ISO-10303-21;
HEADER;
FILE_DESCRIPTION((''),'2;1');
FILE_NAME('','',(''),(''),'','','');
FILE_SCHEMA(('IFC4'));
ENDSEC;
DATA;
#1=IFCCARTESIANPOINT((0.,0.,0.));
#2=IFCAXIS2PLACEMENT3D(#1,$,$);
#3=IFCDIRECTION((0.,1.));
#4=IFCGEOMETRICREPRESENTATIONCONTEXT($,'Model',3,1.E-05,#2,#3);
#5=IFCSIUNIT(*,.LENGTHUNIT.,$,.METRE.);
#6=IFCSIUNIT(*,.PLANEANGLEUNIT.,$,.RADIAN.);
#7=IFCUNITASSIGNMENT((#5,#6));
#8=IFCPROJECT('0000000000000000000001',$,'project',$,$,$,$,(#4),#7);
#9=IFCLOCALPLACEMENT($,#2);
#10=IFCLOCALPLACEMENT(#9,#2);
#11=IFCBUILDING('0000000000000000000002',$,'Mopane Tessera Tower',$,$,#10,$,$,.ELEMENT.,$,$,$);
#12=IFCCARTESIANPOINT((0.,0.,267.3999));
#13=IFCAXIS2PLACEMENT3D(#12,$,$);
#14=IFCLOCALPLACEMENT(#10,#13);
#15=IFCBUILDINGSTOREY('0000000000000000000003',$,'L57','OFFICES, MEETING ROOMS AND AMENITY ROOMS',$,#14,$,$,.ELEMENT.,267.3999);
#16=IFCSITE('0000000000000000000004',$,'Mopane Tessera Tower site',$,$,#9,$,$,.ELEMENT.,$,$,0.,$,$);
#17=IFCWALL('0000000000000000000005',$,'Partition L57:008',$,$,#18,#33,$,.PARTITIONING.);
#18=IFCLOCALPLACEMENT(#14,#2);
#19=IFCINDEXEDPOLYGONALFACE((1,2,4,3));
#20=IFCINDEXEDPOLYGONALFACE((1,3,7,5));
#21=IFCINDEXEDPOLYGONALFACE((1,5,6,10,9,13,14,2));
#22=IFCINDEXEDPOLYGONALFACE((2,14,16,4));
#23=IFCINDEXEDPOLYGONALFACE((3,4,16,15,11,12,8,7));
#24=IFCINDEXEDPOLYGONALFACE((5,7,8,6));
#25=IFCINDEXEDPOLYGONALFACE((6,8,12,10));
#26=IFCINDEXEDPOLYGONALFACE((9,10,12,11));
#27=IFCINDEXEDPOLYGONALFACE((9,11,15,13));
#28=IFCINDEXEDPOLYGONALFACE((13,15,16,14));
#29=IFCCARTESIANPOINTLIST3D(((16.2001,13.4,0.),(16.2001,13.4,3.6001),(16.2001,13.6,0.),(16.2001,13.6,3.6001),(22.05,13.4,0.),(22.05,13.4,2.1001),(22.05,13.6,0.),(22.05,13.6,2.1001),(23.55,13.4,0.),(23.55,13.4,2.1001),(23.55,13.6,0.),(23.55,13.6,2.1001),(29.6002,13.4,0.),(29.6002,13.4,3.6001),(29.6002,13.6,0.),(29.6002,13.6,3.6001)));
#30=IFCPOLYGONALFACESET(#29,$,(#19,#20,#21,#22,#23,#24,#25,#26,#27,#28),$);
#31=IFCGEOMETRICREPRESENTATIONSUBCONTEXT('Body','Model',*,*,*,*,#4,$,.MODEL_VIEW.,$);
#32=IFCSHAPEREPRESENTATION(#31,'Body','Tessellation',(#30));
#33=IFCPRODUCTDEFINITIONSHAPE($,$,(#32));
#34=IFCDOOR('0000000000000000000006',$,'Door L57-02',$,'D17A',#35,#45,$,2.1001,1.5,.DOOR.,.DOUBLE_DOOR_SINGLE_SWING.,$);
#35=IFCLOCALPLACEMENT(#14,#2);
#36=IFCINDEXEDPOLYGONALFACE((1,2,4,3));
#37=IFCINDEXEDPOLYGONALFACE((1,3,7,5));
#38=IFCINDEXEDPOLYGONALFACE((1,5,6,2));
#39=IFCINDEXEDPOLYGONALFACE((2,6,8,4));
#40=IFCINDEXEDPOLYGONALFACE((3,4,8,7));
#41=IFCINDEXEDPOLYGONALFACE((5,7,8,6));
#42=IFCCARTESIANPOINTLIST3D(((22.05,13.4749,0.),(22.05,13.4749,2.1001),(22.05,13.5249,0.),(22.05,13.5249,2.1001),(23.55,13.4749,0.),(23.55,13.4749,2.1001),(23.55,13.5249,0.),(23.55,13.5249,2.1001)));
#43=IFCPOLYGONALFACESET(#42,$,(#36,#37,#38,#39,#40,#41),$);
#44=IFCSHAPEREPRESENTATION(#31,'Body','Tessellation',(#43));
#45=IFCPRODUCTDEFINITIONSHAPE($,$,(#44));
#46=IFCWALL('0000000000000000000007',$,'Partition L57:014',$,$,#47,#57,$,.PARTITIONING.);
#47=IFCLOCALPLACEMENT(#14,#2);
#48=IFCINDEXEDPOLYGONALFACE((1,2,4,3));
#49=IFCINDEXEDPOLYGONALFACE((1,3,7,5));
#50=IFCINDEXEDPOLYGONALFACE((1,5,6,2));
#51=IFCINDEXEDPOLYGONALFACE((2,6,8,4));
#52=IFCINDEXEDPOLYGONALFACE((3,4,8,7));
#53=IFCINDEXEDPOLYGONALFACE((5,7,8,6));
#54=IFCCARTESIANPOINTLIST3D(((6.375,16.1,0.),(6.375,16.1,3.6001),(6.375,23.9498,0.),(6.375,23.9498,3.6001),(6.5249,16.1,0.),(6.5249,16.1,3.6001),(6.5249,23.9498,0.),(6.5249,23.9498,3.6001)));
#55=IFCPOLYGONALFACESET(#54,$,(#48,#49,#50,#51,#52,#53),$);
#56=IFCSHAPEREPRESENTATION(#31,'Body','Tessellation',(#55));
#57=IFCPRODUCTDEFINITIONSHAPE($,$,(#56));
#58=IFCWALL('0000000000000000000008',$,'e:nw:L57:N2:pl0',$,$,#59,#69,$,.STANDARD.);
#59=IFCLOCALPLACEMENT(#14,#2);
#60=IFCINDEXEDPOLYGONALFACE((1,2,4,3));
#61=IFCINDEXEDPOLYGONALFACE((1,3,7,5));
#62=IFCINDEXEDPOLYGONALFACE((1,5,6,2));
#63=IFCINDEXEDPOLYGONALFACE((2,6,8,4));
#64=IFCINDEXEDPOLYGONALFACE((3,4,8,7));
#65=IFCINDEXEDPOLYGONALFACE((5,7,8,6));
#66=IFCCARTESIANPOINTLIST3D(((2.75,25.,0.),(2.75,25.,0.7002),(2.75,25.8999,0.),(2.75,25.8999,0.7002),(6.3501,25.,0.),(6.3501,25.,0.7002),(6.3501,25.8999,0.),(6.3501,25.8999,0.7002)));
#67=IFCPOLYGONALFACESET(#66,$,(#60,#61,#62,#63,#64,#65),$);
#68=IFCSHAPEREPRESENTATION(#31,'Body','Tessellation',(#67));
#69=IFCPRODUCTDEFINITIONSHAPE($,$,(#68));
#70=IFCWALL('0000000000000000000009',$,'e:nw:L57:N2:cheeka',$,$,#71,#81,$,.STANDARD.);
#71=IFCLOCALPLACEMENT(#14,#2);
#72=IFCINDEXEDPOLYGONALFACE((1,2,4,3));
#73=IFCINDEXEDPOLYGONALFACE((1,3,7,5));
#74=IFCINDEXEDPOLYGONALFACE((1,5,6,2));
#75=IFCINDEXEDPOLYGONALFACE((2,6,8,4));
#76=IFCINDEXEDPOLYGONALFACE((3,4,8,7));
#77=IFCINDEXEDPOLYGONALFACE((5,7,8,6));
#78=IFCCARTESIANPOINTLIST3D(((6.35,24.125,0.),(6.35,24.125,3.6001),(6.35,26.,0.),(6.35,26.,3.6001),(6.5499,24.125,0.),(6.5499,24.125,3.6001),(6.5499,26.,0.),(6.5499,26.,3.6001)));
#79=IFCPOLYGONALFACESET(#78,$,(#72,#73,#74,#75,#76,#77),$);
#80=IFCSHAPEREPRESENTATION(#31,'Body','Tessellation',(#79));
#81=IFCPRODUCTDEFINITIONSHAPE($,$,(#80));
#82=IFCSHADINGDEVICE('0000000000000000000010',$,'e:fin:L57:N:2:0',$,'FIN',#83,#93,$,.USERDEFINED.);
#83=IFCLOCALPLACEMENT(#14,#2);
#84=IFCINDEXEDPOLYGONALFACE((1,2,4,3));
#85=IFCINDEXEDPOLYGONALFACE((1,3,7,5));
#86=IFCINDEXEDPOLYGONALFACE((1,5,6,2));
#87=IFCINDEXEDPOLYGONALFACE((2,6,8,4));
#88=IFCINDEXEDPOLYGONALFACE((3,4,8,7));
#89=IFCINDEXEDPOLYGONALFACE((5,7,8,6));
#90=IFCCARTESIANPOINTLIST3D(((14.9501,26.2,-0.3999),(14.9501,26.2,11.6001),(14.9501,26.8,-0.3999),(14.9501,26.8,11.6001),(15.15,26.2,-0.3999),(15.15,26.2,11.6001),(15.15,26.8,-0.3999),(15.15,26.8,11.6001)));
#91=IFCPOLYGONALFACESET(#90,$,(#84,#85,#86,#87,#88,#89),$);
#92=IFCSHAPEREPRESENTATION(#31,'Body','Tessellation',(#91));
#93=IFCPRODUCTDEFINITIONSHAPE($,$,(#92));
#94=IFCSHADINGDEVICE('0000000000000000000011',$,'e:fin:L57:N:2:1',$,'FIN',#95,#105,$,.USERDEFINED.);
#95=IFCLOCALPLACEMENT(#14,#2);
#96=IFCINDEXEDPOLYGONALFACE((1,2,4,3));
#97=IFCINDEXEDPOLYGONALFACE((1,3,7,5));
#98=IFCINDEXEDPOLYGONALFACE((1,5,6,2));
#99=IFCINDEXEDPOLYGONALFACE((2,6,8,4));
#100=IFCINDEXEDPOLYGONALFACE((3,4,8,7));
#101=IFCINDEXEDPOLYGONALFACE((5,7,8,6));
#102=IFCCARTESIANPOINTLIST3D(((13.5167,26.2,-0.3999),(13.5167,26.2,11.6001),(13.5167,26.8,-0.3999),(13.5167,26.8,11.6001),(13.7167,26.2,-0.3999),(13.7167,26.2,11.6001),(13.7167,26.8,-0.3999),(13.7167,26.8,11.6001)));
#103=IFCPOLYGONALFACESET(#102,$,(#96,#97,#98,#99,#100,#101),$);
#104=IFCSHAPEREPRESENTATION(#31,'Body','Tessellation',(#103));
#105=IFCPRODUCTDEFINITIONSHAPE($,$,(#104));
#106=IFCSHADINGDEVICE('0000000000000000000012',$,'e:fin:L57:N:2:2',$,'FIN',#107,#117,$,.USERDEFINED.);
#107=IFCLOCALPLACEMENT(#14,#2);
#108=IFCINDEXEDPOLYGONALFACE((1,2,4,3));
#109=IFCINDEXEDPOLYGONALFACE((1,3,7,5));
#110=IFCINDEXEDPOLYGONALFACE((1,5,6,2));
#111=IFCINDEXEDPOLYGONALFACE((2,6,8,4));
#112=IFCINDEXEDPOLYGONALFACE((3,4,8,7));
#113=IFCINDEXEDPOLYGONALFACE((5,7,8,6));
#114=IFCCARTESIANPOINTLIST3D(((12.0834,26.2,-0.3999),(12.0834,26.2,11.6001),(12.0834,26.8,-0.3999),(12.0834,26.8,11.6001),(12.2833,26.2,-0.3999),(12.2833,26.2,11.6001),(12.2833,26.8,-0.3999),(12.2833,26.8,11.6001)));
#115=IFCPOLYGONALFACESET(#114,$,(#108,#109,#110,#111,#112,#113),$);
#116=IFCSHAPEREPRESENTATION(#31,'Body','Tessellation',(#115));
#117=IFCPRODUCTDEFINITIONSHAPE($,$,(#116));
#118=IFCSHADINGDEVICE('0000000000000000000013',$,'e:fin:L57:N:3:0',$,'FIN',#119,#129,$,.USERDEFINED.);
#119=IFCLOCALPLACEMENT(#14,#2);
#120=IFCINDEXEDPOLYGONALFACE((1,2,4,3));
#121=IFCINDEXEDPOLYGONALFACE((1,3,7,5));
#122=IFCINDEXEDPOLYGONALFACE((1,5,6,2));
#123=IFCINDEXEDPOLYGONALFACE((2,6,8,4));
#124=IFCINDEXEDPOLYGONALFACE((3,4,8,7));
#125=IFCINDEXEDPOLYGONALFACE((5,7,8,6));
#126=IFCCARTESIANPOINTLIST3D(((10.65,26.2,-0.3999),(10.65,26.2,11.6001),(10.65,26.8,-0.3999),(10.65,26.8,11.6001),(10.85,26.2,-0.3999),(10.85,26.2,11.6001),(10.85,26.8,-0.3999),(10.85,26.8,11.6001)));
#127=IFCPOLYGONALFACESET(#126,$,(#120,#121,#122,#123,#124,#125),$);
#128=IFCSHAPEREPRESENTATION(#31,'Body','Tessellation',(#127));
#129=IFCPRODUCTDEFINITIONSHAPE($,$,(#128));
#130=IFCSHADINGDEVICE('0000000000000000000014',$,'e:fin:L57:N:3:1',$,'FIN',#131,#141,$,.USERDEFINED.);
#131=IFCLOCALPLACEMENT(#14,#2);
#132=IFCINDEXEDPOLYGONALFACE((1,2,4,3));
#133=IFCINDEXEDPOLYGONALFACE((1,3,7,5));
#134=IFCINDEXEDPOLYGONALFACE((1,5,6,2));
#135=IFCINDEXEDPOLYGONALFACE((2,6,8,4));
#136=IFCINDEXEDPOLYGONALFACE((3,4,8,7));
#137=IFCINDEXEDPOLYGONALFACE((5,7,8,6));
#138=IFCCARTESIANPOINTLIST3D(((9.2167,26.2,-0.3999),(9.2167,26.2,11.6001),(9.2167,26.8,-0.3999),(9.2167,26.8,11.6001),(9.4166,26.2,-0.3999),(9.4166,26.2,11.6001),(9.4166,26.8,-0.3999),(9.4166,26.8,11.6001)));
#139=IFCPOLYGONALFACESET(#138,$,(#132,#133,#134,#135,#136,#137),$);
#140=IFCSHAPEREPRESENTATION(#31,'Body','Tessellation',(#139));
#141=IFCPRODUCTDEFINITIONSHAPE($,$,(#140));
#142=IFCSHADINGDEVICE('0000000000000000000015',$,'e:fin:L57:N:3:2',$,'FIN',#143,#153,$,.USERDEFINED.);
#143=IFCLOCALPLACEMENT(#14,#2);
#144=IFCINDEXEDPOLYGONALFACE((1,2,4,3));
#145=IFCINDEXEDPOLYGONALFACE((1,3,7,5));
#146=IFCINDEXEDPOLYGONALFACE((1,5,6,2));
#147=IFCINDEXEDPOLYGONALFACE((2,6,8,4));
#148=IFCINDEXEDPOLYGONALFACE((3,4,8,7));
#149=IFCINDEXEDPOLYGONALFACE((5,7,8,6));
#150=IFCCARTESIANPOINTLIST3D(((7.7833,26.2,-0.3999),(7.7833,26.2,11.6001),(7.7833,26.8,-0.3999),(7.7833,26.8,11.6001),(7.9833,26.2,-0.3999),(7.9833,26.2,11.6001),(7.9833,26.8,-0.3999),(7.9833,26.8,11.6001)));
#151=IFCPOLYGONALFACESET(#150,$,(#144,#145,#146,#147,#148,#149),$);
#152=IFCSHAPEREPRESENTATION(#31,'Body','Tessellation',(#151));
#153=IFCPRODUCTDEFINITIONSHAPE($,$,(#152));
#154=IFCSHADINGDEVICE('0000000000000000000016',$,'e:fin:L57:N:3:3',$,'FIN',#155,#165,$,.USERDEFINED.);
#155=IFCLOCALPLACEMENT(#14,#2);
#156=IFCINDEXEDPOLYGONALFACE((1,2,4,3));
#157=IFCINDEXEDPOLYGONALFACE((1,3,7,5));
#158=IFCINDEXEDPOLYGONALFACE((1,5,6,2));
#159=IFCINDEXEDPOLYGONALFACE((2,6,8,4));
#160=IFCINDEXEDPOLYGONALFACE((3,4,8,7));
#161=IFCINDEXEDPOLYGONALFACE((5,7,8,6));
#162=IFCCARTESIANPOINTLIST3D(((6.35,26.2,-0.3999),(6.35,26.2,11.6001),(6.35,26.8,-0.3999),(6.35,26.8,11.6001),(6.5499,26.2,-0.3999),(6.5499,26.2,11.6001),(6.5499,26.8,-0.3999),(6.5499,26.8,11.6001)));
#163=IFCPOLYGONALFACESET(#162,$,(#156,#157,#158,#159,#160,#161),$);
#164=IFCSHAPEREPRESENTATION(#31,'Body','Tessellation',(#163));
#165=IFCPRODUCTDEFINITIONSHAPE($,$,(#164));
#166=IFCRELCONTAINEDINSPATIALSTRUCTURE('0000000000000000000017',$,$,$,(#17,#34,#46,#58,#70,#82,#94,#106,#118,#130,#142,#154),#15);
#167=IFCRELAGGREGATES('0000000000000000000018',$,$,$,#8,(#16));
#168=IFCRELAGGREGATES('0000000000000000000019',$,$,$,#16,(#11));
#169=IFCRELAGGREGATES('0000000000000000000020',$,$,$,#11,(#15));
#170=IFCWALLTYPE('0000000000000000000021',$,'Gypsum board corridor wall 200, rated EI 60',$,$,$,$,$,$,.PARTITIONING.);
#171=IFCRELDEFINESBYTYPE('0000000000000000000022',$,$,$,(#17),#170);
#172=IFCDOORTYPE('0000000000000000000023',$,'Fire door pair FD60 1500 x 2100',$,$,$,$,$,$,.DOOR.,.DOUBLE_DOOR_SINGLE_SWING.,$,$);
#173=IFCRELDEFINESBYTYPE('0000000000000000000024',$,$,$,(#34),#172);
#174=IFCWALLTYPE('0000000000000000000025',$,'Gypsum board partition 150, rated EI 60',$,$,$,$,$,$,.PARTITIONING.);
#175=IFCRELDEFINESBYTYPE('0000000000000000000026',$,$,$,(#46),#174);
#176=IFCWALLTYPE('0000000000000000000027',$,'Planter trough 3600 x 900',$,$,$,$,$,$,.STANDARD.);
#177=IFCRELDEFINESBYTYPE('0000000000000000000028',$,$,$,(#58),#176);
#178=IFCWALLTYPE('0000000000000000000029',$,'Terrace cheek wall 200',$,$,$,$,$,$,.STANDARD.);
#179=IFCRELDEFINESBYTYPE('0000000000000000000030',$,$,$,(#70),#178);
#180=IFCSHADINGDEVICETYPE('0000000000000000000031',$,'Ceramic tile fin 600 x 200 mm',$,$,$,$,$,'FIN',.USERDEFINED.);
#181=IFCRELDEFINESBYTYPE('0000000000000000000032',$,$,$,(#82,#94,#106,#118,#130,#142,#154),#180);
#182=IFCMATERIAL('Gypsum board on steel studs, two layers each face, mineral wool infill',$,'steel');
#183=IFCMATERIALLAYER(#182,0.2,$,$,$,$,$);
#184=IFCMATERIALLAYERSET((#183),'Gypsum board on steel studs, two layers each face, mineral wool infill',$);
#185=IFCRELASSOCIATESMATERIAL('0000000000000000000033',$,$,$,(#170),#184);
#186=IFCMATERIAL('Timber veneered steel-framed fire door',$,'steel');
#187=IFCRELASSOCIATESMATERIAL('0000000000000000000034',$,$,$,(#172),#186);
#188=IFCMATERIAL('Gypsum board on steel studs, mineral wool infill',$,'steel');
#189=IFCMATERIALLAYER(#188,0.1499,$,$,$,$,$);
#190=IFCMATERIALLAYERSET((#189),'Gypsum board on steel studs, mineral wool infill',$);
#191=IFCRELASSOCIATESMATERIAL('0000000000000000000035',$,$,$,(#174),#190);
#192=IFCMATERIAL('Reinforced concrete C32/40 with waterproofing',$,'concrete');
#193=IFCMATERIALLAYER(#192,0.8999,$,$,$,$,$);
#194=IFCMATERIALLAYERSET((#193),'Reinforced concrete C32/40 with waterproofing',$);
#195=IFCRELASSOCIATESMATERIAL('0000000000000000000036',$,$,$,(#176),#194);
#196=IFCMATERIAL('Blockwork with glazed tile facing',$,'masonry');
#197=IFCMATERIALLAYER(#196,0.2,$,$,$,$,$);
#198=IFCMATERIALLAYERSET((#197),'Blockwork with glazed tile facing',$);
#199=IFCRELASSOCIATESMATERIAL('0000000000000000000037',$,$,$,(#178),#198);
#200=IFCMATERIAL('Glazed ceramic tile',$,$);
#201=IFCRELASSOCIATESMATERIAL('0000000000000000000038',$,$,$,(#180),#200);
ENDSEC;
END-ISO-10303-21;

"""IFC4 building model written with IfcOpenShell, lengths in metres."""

from ifc_helpers import new_model, si_unit, direction, frame, frame_2d, origin, origin_2d, place, context, subcontext, project, spatial, rectangle, extrude, material, layer, layer_set, type_object, element, fill, save


model = new_model("IFC4")

# Units and contexts
model_context = context("Model", 3, precision=1e-05, world=origin(), true_north=direction((0.0, 1.0)))
body_context = subcontext(model_context, "Body", "Model", "MODEL_VIEW")
ifc_project = project(units=[si_unit("LENGTHUNIT", "METRE"), si_unit("PLANEANGLEUNIT", "RADIAN")], contexts=[model_context])

# Site, building, storey
site_placement = place(None, origin())
site = spatial("IfcSite", under=ifc_project, at=site_placement, Name="Mopane Tessera Tower site", CompositionType="ELEMENT", RefElevation=0.0)
building_placement = place(site_placement, origin())
building = spatial("IfcBuilding", under=site, at=building_placement, Name="Mopane Tessera Tower", CompositionType="ELEMENT")
storey_placement = place(building_placement, frame((0.0, 0.0, 267.3999)))
storey = spatial("IfcBuildingStorey", under=building, at=storey_placement, Name="L57", Description="OFFICES, MEETING ROOMS AND AMENITY ROOMS", CompositionType="ELEMENT", Elevation=267.3999)

# Wall, opening, door
ifc_material_1 = material(Name="Gypsum board on steel studs, two layers each face, mineral wool infill", Category="steel")
ifc_layer_1 = layer(ifc_material_1, 0.2)
ifc_layer_set_1 = layer_set([ifc_layer_1], Name="Gypsum board on steel studs, two layers each face, mineral wool infill")
wall_type_1 = type_object("IfcWallType", Name="Gypsum board corridor wall 200, rated EI 60", PredefinedType="PARTITIONING", material=ifc_layer_set_1)
wall_1_placement = place(storey_placement, frame((16.2, 13.5, 0.0), z_axis=(0.0, 0.0, 1.0), x_axis=(1.0, 0.0, 0.0)))
wall_1 = element("IfcWall", 1, at=wall_1_placement, inside=storey, type_object=wall_type_1, Name="Partition L57:008", PredefinedType="PARTITIONING", context=body_context, shape_type="SweptSolid", body=[
    extrude(rectangle(XDim=13.4001, YDim=0.2, at=frame_2d((6.7002, 0.0))), origin(), (0.0, 0.0, 1.0), 3.6001),
])
opening_1_placement = place(wall_1_placement, frame((5.8501, 0.0, 0.0)))
opening_1 = element("IfcOpeningElement", 2, at=opening_1_placement, cuts=wall_1, PredefinedType="OPENING", context=body_context, shape_type="SweptSolid", body=[
    extrude(rectangle(XDim=1.5, YDim=2.1001, at=frame_2d((0.75, 1.05))), frame((0.0, 0.1121, 0.0), z_axis=(0.0, -1.0, 0.0), x_axis=(1.0, 0.0, 0.0)), (0.0, 0.0, 1.0), 0.2239),
])
ifc_material_2 = material(Name="Timber veneered steel-framed fire door", Category="steel")
door_type_1 = type_object("IfcDoorType", Name="Fire door pair FD60 1500 x 2100", OperationType="DOUBLE_DOOR_SINGLE_SWING", PredefinedType="DOOR", material=ifc_material_2)
door_1_placement = place(opening_1_placement, origin())
door_1 = element("IfcDoor", 3, at=door_1_placement, inside=storey, type_object=door_type_1, Name="Door L57-02", ObjectType="D17A", OperationType="DOUBLE_DOOR_SINGLE_SWING", OverallHeight=2.1001, OverallWidth=1.5, PredefinedType="DOOR", context=body_context, shape_type="SweptSolid", body=[
    extrude(rectangle(XDim=1.5, YDim=2.1001, at=frame_2d((0.75, 1.05))), frame((0.0, 0.0249, 0.0), z_axis=(0.0, -1.0, 0.0), x_axis=(1.0, 0.0, 0.0)), (0.0, 0.0, 1.0), 0.05),
])
fill(opening_1, door_1)

# Walls
ifc_material_3 = material(Name="Gypsum board on steel studs, mineral wool infill", Category="steel")
ifc_layer_2 = layer(ifc_material_3, 0.1499)
ifc_layer_set_2 = layer_set([ifc_layer_2], Name="Gypsum board on steel studs, mineral wool infill")
wall_type_2 = type_object("IfcWallType", Name="Gypsum board partition 150, rated EI 60", PredefinedType="PARTITIONING", material=ifc_layer_set_2)
wall_2_placement = place(storey_placement, frame((6.45, 16.1001, 0.0), z_axis=(0.0, 0.0, 1.0), x_axis=(0.0, 1.0, 0.0)))
element("IfcWall", 4, at=wall_2_placement, inside=storey, type_object=wall_type_2, Name="Partition L57:014", PredefinedType="PARTITIONING", context=body_context, shape_type="SweptSolid", body=[
    extrude(rectangle(XDim=7.8499, YDim=0.1499, at=frame_2d((3.9248, 0.0))), origin(), (0.0, 0.0, 1.0), 3.6001),
])
ifc_material_4 = material(Name="Reinforced concrete C32/40 with waterproofing", Category="concrete")
ifc_layer_3 = layer(ifc_material_4, 0.8999)
ifc_layer_set_3 = layer_set([ifc_layer_3], Name="Reinforced concrete C32/40 with waterproofing")
wall_type_3 = type_object("IfcWallType", Name="Planter trough 3600 x 900", PredefinedType="STANDARD", material=ifc_layer_set_3)
wall_3_placement = place(storey_placement, frame((6.3501, 25.45, 0.0), z_axis=(0.0, 0.0, 1.0), x_axis=(-1.0, 0.0, 0.0)))
element("IfcWall", 5, at=wall_3_placement, inside=storey, type_object=wall_type_3, Name="e:nw:L57:N2:pl0", PredefinedType="STANDARD", context=body_context, shape_type="SweptSolid", body=[
    extrude(rectangle(XDim=3.6001, YDim=0.8999, at=frame_2d((1.8, 0.0))), origin(), (0.0, 0.0, 1.0), 0.7002),
])
ifc_material_5 = material(Name="Blockwork with glazed tile facing", Category="masonry")
ifc_layer_4 = layer(ifc_material_5, 0.2)
ifc_layer_set_4 = layer_set([ifc_layer_4], Name="Blockwork with glazed tile facing")
wall_type_4 = type_object("IfcWallType", Name="Terrace cheek wall 200", PredefinedType="STANDARD", material=ifc_layer_set_4)
wall_4_placement = place(storey_placement, frame((6.45, 26.0, 0.0), z_axis=(0.0, 0.0, 1.0), x_axis=(0.0, -1.0, 0.0)))
element("IfcWall", 6, at=wall_4_placement, inside=storey, type_object=wall_type_4, Name="e:nw:L57:N2:cheeka", PredefinedType="STANDARD", context=body_context, shape_type="SweptSolid", body=[
    extrude(rectangle(XDim=1.875, YDim=0.2, at=frame_2d((0.9375, 0.0))), origin(), (0.0, 0.0, 1.0), 3.6001),
])

# Shading devices
ifc_material_6 = material(Name="Glazed ceramic tile")
shading_device_type = type_object("IfcShadingDeviceType", Name="Ceramic tile fin 600 x 200 mm", ElementType="FIN", PredefinedType="USERDEFINED", material=ifc_material_6)
for number, where, z_axis, x_axis, name in (
    (7, (15.05, 26.5, -0.3999), (0.0, 0.0, 1.0), (-1.0, 0.0, 0.0), "e:fin:L57:N:2:0"),
    (8, (13.6167, 26.5, -0.3999), (0.0, 0.0, 1.0), (-1.0, 0.0, 0.0), "e:fin:L57:N:2:1"),
    (9, (12.1833, 26.5, -0.3999), (0.0, 0.0, 1.0), (-1.0, 0.0, 0.0), "e:fin:L57:N:2:2"),
    (10, (10.75, 26.5, -0.3999), (0.0, 0.0, 1.0), (-1.0, 0.0, 0.0), "e:fin:L57:N:3:0"),
    (11, (9.3167, 26.5, -0.3999), (0.0, 0.0, 1.0), (-1.0, 0.0, 0.0), "e:fin:L57:N:3:1"),
    (12, (7.8833, 26.5, -0.3999), (0.0, 0.0, 1.0), (-1.0, 0.0, 0.0), "e:fin:L57:N:3:2"),
    (13, (6.45, 26.5, -0.3999), (0.0, 0.0, 1.0), (-1.0, 0.0, 0.0), "e:fin:L57:N:3:3"),
):
    element("IfcShadingDevice", number, at=place(storey_placement, frame(where, z_axis=z_axis, x_axis=x_axis)), inside=storey, type_object=shading_device_type, Name=name, ObjectType="FIN", PredefinedType="USERDEFINED", context=body_context, shape_type="SweptSolid", body=[
        extrude(rectangle(XDim=0.2, YDim=0.6001, at=origin_2d()), origin(), (0.0, 0.0, 1.0), 12.0),
    ])

save(model, "model.ifc")
